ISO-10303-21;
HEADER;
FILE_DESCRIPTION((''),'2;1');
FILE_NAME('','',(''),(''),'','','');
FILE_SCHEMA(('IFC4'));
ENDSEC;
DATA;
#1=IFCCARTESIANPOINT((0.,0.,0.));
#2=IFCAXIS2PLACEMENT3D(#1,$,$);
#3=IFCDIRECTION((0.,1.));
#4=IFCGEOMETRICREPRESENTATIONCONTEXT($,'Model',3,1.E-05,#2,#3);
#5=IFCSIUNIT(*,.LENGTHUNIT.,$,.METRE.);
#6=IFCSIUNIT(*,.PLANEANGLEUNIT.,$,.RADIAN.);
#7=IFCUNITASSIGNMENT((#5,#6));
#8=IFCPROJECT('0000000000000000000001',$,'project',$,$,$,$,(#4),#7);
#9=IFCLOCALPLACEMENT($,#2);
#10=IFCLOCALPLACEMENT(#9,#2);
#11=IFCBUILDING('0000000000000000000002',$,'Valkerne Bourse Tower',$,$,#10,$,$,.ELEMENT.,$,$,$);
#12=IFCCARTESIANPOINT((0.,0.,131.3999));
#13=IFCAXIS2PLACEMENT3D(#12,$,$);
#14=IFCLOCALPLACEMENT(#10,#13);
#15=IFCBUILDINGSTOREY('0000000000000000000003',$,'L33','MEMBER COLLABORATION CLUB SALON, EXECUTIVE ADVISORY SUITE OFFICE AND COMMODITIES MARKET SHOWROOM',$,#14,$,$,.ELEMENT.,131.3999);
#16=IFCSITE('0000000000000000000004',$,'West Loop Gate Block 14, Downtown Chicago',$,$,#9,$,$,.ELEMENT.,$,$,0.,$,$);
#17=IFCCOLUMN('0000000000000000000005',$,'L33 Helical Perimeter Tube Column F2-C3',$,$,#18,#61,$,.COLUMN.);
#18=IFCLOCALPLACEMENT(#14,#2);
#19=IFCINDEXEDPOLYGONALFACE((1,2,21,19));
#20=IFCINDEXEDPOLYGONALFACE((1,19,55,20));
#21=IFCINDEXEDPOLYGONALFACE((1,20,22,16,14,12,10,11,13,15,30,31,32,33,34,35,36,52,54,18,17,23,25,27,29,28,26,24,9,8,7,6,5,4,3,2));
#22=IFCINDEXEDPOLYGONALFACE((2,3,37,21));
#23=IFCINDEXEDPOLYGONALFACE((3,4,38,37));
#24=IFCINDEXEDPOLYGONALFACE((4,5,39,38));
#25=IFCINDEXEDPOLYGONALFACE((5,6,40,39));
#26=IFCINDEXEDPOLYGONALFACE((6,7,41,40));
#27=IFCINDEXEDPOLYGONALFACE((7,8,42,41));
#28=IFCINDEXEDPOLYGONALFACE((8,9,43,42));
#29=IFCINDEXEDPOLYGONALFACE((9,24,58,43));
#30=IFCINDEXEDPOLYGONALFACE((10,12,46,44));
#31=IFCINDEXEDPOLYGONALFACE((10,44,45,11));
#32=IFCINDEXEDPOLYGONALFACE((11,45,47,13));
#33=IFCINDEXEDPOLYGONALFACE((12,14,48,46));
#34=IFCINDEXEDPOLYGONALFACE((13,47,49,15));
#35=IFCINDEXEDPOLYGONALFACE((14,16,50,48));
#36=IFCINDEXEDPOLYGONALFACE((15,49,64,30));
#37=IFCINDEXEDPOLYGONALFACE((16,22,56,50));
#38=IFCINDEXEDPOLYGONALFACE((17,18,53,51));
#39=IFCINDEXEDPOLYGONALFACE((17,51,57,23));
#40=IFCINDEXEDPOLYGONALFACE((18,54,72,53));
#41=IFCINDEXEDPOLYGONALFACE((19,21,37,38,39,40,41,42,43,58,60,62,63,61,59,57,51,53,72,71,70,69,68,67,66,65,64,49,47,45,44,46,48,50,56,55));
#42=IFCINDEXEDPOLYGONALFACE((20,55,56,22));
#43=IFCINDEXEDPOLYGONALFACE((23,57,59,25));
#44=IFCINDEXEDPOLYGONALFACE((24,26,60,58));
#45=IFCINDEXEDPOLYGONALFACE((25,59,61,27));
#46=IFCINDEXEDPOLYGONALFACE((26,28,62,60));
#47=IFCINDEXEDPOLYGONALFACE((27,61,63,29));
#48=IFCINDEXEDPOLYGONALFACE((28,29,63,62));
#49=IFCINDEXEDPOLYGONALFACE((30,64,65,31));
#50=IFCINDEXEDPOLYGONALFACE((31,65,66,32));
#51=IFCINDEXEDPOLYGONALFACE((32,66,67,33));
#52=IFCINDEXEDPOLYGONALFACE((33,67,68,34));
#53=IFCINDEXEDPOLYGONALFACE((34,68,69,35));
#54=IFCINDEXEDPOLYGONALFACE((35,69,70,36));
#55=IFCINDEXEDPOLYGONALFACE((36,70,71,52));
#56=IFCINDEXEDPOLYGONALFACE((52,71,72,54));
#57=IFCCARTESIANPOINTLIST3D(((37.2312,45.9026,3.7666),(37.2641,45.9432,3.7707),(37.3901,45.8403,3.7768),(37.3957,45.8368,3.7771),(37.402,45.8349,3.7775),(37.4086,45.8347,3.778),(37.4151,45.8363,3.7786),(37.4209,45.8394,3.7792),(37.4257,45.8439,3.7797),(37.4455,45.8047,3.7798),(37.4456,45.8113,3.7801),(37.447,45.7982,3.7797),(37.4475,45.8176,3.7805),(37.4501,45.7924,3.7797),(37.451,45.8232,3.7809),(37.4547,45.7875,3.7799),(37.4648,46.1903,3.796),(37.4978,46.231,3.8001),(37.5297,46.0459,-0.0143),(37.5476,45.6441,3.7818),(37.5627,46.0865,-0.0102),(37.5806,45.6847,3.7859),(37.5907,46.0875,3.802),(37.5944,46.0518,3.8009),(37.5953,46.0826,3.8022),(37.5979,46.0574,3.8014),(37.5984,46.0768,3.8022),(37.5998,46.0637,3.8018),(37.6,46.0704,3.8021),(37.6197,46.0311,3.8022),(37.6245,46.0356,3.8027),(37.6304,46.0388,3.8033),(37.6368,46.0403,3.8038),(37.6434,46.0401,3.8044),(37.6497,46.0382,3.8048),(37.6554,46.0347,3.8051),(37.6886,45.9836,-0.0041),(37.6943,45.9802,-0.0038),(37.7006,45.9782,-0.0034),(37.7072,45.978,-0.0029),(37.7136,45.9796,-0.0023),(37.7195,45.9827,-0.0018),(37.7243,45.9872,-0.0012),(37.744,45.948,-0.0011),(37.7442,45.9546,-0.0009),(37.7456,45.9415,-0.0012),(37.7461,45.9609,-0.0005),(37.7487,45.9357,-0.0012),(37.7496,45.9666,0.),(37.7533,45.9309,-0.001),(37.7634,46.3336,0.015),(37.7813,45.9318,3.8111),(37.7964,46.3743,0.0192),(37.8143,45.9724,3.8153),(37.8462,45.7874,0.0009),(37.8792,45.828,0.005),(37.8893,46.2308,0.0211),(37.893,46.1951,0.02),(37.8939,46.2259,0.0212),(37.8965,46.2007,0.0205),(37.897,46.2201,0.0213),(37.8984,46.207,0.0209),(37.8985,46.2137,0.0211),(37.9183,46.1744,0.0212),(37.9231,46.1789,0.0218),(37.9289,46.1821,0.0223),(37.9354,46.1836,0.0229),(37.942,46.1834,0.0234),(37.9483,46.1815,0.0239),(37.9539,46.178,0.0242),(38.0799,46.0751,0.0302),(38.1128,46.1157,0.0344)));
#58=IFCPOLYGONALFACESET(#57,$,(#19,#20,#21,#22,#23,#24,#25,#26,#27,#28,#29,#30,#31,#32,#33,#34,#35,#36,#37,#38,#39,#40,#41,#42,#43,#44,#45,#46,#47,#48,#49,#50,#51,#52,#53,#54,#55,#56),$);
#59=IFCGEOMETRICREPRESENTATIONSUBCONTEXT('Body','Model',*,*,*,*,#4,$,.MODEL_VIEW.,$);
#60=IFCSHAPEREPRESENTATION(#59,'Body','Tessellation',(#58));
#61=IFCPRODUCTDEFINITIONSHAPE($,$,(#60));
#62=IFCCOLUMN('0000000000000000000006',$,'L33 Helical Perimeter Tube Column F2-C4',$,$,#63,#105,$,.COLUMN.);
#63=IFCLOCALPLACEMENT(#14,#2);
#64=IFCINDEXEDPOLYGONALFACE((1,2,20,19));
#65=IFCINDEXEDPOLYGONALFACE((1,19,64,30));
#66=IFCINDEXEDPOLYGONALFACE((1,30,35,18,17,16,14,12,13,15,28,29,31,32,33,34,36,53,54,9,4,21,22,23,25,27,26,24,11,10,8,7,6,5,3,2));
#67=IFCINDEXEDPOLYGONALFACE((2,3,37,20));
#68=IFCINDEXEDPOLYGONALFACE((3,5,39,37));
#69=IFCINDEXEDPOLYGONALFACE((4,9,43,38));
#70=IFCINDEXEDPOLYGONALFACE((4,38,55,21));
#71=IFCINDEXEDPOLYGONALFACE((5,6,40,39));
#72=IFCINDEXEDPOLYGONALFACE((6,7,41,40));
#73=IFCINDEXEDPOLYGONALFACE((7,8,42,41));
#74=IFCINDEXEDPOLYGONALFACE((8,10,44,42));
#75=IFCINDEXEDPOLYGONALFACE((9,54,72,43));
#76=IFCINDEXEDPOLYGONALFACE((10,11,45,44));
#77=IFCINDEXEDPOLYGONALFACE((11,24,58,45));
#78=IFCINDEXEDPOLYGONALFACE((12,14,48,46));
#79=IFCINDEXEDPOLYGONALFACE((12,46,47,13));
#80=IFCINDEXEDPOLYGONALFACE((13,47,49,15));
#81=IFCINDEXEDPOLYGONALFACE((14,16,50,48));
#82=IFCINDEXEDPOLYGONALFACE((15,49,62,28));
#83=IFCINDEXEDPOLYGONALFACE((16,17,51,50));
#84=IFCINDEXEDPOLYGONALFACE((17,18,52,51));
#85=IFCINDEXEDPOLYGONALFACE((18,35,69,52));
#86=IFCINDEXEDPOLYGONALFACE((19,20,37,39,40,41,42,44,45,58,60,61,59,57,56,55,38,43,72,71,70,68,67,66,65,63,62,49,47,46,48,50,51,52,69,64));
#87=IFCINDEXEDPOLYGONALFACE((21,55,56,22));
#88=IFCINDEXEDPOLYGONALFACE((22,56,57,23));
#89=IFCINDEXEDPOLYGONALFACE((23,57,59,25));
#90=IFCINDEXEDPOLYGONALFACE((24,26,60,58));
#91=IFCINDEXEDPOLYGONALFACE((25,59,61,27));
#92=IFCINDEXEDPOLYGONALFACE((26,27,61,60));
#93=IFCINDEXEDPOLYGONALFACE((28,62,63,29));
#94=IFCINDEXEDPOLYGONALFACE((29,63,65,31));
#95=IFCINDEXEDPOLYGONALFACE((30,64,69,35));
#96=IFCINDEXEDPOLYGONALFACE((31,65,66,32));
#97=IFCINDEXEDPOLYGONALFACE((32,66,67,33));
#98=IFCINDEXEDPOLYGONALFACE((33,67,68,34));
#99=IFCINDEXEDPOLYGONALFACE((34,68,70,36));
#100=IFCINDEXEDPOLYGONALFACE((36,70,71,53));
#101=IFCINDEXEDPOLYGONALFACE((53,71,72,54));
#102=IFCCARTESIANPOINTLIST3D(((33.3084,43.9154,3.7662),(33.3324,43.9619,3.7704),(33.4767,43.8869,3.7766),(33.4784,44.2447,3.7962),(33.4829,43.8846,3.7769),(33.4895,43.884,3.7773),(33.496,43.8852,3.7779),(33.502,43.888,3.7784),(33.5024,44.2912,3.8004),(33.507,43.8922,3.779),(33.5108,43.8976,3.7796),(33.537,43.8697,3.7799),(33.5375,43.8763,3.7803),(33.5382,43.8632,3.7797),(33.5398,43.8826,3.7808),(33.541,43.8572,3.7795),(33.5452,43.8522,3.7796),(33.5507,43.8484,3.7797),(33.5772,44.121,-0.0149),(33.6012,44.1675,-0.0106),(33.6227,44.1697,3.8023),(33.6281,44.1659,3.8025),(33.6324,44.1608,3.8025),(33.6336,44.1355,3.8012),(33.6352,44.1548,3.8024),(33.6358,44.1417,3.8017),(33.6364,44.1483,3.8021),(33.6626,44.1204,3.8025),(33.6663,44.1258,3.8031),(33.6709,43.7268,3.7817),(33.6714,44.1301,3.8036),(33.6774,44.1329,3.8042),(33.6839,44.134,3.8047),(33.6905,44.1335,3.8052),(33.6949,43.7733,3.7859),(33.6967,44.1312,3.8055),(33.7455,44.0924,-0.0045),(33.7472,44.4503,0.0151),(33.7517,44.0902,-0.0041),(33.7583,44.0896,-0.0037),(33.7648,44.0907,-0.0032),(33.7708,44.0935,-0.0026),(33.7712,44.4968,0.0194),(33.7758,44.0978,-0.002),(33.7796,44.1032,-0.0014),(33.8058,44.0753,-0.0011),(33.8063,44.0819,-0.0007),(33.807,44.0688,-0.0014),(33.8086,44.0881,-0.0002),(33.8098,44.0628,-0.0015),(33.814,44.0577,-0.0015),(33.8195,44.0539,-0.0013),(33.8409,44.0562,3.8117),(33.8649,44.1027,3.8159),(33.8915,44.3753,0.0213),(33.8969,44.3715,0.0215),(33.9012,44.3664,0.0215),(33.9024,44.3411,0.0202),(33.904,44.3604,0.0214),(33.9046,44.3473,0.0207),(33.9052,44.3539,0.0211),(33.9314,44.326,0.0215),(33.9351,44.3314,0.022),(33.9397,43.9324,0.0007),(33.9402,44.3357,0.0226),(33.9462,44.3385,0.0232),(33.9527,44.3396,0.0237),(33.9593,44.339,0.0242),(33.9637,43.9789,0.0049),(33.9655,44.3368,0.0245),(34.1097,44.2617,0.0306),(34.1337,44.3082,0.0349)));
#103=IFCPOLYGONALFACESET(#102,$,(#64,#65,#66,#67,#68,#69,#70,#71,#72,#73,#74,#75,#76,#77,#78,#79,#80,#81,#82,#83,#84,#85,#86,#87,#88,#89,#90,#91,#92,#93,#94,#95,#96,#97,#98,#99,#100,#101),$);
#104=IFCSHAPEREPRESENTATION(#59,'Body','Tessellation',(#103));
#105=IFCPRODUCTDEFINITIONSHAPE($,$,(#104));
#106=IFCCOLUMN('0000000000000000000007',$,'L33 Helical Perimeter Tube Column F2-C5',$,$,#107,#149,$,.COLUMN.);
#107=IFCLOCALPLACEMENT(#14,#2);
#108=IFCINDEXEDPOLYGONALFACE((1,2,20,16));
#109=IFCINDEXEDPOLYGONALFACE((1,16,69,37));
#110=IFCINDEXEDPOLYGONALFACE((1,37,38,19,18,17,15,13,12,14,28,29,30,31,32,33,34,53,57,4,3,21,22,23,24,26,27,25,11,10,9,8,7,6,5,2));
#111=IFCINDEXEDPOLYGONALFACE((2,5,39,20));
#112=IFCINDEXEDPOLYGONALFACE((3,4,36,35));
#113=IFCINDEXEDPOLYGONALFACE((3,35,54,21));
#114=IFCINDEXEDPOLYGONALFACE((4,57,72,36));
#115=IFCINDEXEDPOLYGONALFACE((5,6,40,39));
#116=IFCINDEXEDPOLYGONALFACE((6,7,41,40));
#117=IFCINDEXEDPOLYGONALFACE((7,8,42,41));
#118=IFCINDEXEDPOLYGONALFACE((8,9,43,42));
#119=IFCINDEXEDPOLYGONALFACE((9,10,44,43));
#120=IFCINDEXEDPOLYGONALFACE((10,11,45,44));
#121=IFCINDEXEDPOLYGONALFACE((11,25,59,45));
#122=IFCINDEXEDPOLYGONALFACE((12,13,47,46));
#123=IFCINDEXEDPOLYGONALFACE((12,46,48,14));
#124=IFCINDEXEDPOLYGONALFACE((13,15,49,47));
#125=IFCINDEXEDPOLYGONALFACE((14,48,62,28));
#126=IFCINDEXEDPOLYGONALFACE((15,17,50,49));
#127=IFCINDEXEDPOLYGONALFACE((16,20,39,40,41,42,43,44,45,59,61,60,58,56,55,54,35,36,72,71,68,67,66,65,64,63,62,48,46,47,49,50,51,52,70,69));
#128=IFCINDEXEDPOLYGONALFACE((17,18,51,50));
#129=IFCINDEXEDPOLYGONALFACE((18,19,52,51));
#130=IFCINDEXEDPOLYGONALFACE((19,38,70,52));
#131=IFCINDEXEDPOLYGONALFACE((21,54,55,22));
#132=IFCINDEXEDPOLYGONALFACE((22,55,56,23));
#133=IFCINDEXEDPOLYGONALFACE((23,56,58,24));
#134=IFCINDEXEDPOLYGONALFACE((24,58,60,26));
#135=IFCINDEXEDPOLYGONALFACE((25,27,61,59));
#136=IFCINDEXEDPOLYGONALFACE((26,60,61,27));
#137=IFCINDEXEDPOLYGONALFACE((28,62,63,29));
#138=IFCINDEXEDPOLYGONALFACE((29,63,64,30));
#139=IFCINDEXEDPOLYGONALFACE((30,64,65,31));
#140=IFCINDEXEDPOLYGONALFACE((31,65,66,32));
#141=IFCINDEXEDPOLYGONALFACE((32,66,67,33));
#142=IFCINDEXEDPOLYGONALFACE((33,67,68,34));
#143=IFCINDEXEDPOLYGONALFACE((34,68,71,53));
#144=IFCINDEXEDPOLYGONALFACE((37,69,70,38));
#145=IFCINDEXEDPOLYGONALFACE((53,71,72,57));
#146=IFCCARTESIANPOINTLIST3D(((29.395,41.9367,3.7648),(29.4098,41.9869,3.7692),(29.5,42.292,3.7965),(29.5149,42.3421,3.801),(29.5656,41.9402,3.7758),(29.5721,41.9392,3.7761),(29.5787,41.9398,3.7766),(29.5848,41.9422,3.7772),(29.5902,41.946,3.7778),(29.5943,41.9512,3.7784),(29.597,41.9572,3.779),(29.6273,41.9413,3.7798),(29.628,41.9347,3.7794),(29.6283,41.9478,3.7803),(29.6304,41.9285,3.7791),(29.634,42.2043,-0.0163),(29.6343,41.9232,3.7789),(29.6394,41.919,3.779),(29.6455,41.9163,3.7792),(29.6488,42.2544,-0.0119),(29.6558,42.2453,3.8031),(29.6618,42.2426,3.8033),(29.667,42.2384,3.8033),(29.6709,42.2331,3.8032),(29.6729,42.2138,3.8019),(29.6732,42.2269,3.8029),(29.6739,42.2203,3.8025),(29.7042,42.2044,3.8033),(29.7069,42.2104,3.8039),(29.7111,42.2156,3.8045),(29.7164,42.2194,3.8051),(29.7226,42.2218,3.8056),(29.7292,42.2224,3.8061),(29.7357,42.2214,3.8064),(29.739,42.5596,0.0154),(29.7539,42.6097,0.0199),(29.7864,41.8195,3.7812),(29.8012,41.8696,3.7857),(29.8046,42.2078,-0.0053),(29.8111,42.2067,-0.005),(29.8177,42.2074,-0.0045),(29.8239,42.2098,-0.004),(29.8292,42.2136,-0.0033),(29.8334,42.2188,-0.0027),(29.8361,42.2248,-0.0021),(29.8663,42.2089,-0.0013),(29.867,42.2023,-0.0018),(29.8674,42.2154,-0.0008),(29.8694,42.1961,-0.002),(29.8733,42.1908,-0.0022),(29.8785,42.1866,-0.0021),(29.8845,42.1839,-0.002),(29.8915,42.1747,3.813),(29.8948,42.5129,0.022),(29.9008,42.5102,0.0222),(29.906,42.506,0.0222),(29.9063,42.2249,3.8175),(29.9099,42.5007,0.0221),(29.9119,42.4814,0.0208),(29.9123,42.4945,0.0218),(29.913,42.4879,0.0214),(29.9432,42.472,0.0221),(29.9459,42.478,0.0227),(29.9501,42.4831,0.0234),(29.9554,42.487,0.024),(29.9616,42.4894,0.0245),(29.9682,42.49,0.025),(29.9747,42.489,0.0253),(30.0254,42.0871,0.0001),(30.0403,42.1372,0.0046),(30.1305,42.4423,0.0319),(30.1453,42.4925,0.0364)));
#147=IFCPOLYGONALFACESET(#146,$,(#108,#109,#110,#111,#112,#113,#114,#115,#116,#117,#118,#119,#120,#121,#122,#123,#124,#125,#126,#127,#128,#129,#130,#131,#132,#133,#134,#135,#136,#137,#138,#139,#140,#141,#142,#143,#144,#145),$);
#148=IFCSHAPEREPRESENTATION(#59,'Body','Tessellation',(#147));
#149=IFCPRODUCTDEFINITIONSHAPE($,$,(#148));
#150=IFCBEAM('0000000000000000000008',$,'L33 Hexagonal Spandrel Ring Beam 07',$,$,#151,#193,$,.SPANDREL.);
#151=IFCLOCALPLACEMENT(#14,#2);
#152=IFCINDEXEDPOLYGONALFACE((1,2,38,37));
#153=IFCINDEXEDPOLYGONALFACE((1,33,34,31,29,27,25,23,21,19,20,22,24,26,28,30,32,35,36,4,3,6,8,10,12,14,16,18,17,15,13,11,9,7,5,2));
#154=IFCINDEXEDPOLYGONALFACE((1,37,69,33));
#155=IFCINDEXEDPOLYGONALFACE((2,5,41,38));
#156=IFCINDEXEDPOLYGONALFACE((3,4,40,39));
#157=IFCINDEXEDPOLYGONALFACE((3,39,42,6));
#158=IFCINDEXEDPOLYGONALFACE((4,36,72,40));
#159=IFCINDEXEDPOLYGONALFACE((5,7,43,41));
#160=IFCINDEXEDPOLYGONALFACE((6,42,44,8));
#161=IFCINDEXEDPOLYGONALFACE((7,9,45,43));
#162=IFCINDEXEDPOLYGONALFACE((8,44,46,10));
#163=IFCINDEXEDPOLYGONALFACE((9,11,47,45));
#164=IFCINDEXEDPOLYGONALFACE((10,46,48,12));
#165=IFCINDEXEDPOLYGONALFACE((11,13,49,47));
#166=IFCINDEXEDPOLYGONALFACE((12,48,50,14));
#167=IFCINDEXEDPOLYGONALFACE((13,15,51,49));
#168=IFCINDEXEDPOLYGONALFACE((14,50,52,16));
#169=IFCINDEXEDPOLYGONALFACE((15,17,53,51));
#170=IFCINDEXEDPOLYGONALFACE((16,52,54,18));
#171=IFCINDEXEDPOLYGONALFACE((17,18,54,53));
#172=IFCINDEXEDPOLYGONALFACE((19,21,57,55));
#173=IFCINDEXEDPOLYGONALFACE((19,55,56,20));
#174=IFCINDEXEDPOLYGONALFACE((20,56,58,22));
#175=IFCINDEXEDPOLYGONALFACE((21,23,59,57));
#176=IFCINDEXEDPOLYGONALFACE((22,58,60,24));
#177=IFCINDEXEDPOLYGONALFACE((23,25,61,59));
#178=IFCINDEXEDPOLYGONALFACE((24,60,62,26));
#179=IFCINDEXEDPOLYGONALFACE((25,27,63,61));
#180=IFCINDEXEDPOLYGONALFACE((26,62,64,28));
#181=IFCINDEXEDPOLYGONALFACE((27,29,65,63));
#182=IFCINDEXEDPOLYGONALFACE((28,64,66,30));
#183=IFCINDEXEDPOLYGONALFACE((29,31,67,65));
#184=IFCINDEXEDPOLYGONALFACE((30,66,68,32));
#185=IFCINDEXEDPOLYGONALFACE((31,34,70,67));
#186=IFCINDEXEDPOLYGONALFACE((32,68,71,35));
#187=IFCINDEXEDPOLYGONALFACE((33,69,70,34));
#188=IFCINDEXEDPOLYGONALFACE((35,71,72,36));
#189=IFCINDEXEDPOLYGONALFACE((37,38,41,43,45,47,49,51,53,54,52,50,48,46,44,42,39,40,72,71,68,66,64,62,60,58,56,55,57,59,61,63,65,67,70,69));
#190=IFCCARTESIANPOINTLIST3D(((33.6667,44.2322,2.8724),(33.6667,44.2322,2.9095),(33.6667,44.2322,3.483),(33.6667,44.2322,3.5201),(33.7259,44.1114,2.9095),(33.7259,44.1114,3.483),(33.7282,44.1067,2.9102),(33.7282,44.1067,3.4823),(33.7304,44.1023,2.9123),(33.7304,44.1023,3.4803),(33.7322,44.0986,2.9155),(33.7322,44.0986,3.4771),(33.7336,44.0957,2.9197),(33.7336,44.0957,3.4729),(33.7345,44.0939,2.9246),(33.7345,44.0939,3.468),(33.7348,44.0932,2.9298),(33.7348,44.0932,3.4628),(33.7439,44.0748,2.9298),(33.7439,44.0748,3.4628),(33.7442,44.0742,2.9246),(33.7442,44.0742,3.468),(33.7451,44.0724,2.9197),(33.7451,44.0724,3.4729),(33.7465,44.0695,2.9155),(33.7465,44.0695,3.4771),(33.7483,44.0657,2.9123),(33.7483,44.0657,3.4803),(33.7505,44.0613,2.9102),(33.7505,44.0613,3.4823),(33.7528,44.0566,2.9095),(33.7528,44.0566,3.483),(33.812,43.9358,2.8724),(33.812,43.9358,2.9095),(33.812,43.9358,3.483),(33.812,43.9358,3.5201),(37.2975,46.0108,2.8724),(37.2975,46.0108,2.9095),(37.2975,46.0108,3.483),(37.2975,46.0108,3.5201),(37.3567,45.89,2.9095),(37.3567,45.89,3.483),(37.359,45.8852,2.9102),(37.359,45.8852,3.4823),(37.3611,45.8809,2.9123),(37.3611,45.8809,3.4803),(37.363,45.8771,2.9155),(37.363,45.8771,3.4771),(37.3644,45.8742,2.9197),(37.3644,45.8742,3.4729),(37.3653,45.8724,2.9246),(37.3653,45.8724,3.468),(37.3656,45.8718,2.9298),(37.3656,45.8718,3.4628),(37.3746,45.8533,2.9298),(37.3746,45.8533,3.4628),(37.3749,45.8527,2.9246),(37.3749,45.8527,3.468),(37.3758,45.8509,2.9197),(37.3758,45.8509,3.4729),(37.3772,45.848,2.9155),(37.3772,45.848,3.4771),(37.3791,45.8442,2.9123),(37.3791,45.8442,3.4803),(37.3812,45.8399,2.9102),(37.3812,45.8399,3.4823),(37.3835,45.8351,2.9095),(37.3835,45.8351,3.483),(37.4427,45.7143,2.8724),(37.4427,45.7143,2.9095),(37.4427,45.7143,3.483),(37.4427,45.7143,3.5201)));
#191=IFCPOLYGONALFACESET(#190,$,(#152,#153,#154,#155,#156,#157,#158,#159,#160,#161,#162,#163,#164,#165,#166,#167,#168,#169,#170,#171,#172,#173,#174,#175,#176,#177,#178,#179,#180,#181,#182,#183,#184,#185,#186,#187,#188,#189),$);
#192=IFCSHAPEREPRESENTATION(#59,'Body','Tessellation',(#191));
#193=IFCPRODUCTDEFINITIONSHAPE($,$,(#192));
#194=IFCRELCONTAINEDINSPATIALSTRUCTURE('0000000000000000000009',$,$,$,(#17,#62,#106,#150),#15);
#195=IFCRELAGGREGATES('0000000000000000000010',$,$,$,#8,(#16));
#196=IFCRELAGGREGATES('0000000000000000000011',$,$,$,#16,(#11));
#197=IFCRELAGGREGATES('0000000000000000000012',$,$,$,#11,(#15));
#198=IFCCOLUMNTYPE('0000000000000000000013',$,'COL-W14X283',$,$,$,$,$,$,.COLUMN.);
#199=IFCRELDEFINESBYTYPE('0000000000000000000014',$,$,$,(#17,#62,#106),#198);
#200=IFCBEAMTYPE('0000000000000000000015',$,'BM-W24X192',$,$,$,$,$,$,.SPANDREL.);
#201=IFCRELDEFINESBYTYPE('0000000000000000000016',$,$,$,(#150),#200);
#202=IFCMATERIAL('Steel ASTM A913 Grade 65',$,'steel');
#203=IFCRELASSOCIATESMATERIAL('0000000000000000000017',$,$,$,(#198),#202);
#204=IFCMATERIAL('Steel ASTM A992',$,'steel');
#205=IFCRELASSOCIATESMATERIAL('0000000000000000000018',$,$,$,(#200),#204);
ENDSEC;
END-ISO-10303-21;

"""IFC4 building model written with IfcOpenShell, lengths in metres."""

from ifc_helpers import new_model, si_unit, direction, frame, origin, origin_2d, place, context, subcontext, project, spatial, i_section, extrude, material, material_profile, profile_set, type_object, element, save


model = new_model("IFC4")

# Units and contexts
model_context = context("Model", 3, precision=1e-05, world=origin(), true_north=direction((0.0, 1.0)))
body_context = subcontext(model_context, "Body", "Model", "MODEL_VIEW")
ifc_project = project(units=[si_unit("LENGTHUNIT", "METRE"), si_unit("PLANEANGLEUNIT", "RADIAN")], contexts=[model_context])

# Site, building, storey
site_placement = place(None, origin())
site = spatial("IfcSite", under=ifc_project, at=site_placement, Name="West Loop Gate Block 14, Downtown Chicago", CompositionType="ELEMENT", RefElevation=0.0)
building_placement = place(site_placement, origin())
building = spatial("IfcBuilding", under=site, at=building_placement, Name="Valkerne Bourse Tower", CompositionType="ELEMENT")
storey_placement = place(building_placement, frame((0.0, 0.0, 131.3999)))
storey = spatial("IfcBuildingStorey", under=building, at=storey_placement, Name="L33", Description="MEMBER COLLABORATION CLUB SALON, EXECUTIVE ADVISORY SUITE OFFICE AND COMMODITIES MARKET SHOWROOM", CompositionType="ELEMENT", Elevation=131.3999)

# Columns
ifc_material_1 = material(Name="Steel ASTM A913 Grade 65", Category="steel")
ifc_material_profile_1 = material_profile(ifc_material_1, i_section(OverallWidth=0.4089, OverallDepth=0.4243, WebThickness=0.0327, FlangeThickness=0.0525, FilletRadius=0.0254, at=origin_2d()), Name="W14X283")
ifc_profile_set_1 = profile_set([ifc_material_profile_1], Name="Steel ASTM A913 Grade 65")
column_type = type_object("IfcColumnType", Name="COL-W14X283", PredefinedType="COLUMN", material=ifc_profile_set_1)
column_1_placement = place(storey_placement, frame((37.8213, 46.0808, 0.01), z_axis=(-0.078668, -0.037758, 0.996186), x_axis=(-0.773916, 0.632198, -0.037154)))
element("IfcColumn", 1, at=column_1_placement, inside=storey, type_object=column_type, Name="L33 Helical Perimeter Tube Column F2-C3", PredefinedType="COLUMN", context=body_context, shape_type="SweptSolid", body=[
    extrude(i_section(OverallWidth=0.4089, OverallDepth=0.4243, WebThickness=0.0327, FlangeThickness=0.0525, FilletRadius=0.0254, at=origin_2d()), origin(), (0.0, 0.0, 1.0), 3.7954),
])
column_2_placement = place(storey_placement, frame((33.8555, 44.2146, 0.01), z_axis=(-0.070809, -0.054152, 0.996019), x_axis=(-0.886527, 0.461117, -0.037955)))
element("IfcColumn", 2, at=column_2_placement, inside=storey, type_object=column_type, Name="L33 Helical Perimeter Tube Column F2-C4", PredefinedType="COLUMN", context=body_context, shape_type="SweptSolid", body=[
    extrude(i_section(OverallWidth=0.4089, OverallDepth=0.4243, WebThickness=0.0327, FlangeThickness=0.0525, FilletRadius=0.0254, at=origin_2d()), origin(), (0.0, 0.0, 1.0), 3.7961),
])
column_3_placement = place(storey_placement, frame((29.8896, 42.3484, 0.01), z_axis=(-0.062932, -0.070453, 0.995528), x_axis=(-0.95719, 0.286653, -0.040222)))
element("IfcColumn", 3, at=column_3_placement, inside=storey, type_object=column_type, Name="L33 Helical Perimeter Tube Column F2-C5", PredefinedType="COLUMN", context=body_context, shape_type="SweptSolid", body=[
    extrude(i_section(OverallWidth=0.4089, OverallDepth=0.4243, WebThickness=0.0327, FlangeThickness=0.0525, FilletRadius=0.0254, at=origin_2d()), origin(), (0.0, 0.0, 1.0), 3.7981),
])

# Beam
ifc_material_2 = material(Name="Steel ASTM A992", Category="steel")
ifc_material_profile_2 = material_profile(ifc_material_2, i_section(OverallWidth=0.3301, OverallDepth=0.6477, WebThickness=0.0205, FlangeThickness=0.0371, FilletRadius=0.0203, at=origin_2d()), Name="W24X192")
ifc_profile_set_2 = profile_set([ifc_material_profile_2], Name="Steel ASTM A992")
beam_type_1 = type_object("IfcBeamType", Name="BM-W24X192", PredefinedType="SPANDREL", material=ifc_profile_set_2)
for number, where, z_axis, x_axis, name in (
    (4, (37.3701, 45.8625, 3.1963), (-0.898045, -0.439904, 0.0), (0.439904, -0.898045, 0.0), "L33 Hexagonal Spandrel Ring Beam 07"),
):
    element("IfcBeam", number, at=place(storey_placement, frame(where, z_axis=z_axis, x_axis=x_axis)), inside=storey, type_object=beam_type_1, Name=name, PredefinedType="SPANDREL", context=body_context, shape_type="SweptSolid", body=[
        extrude(i_section(OverallWidth=0.3301, OverallDepth=0.6477, WebThickness=0.0205, FlangeThickness=0.0371, FilletRadius=0.0203, at=origin_2d()), origin(), (0.0, 0.0, 1.0), 4.043),
    ])

save(model, "model.ifc")
